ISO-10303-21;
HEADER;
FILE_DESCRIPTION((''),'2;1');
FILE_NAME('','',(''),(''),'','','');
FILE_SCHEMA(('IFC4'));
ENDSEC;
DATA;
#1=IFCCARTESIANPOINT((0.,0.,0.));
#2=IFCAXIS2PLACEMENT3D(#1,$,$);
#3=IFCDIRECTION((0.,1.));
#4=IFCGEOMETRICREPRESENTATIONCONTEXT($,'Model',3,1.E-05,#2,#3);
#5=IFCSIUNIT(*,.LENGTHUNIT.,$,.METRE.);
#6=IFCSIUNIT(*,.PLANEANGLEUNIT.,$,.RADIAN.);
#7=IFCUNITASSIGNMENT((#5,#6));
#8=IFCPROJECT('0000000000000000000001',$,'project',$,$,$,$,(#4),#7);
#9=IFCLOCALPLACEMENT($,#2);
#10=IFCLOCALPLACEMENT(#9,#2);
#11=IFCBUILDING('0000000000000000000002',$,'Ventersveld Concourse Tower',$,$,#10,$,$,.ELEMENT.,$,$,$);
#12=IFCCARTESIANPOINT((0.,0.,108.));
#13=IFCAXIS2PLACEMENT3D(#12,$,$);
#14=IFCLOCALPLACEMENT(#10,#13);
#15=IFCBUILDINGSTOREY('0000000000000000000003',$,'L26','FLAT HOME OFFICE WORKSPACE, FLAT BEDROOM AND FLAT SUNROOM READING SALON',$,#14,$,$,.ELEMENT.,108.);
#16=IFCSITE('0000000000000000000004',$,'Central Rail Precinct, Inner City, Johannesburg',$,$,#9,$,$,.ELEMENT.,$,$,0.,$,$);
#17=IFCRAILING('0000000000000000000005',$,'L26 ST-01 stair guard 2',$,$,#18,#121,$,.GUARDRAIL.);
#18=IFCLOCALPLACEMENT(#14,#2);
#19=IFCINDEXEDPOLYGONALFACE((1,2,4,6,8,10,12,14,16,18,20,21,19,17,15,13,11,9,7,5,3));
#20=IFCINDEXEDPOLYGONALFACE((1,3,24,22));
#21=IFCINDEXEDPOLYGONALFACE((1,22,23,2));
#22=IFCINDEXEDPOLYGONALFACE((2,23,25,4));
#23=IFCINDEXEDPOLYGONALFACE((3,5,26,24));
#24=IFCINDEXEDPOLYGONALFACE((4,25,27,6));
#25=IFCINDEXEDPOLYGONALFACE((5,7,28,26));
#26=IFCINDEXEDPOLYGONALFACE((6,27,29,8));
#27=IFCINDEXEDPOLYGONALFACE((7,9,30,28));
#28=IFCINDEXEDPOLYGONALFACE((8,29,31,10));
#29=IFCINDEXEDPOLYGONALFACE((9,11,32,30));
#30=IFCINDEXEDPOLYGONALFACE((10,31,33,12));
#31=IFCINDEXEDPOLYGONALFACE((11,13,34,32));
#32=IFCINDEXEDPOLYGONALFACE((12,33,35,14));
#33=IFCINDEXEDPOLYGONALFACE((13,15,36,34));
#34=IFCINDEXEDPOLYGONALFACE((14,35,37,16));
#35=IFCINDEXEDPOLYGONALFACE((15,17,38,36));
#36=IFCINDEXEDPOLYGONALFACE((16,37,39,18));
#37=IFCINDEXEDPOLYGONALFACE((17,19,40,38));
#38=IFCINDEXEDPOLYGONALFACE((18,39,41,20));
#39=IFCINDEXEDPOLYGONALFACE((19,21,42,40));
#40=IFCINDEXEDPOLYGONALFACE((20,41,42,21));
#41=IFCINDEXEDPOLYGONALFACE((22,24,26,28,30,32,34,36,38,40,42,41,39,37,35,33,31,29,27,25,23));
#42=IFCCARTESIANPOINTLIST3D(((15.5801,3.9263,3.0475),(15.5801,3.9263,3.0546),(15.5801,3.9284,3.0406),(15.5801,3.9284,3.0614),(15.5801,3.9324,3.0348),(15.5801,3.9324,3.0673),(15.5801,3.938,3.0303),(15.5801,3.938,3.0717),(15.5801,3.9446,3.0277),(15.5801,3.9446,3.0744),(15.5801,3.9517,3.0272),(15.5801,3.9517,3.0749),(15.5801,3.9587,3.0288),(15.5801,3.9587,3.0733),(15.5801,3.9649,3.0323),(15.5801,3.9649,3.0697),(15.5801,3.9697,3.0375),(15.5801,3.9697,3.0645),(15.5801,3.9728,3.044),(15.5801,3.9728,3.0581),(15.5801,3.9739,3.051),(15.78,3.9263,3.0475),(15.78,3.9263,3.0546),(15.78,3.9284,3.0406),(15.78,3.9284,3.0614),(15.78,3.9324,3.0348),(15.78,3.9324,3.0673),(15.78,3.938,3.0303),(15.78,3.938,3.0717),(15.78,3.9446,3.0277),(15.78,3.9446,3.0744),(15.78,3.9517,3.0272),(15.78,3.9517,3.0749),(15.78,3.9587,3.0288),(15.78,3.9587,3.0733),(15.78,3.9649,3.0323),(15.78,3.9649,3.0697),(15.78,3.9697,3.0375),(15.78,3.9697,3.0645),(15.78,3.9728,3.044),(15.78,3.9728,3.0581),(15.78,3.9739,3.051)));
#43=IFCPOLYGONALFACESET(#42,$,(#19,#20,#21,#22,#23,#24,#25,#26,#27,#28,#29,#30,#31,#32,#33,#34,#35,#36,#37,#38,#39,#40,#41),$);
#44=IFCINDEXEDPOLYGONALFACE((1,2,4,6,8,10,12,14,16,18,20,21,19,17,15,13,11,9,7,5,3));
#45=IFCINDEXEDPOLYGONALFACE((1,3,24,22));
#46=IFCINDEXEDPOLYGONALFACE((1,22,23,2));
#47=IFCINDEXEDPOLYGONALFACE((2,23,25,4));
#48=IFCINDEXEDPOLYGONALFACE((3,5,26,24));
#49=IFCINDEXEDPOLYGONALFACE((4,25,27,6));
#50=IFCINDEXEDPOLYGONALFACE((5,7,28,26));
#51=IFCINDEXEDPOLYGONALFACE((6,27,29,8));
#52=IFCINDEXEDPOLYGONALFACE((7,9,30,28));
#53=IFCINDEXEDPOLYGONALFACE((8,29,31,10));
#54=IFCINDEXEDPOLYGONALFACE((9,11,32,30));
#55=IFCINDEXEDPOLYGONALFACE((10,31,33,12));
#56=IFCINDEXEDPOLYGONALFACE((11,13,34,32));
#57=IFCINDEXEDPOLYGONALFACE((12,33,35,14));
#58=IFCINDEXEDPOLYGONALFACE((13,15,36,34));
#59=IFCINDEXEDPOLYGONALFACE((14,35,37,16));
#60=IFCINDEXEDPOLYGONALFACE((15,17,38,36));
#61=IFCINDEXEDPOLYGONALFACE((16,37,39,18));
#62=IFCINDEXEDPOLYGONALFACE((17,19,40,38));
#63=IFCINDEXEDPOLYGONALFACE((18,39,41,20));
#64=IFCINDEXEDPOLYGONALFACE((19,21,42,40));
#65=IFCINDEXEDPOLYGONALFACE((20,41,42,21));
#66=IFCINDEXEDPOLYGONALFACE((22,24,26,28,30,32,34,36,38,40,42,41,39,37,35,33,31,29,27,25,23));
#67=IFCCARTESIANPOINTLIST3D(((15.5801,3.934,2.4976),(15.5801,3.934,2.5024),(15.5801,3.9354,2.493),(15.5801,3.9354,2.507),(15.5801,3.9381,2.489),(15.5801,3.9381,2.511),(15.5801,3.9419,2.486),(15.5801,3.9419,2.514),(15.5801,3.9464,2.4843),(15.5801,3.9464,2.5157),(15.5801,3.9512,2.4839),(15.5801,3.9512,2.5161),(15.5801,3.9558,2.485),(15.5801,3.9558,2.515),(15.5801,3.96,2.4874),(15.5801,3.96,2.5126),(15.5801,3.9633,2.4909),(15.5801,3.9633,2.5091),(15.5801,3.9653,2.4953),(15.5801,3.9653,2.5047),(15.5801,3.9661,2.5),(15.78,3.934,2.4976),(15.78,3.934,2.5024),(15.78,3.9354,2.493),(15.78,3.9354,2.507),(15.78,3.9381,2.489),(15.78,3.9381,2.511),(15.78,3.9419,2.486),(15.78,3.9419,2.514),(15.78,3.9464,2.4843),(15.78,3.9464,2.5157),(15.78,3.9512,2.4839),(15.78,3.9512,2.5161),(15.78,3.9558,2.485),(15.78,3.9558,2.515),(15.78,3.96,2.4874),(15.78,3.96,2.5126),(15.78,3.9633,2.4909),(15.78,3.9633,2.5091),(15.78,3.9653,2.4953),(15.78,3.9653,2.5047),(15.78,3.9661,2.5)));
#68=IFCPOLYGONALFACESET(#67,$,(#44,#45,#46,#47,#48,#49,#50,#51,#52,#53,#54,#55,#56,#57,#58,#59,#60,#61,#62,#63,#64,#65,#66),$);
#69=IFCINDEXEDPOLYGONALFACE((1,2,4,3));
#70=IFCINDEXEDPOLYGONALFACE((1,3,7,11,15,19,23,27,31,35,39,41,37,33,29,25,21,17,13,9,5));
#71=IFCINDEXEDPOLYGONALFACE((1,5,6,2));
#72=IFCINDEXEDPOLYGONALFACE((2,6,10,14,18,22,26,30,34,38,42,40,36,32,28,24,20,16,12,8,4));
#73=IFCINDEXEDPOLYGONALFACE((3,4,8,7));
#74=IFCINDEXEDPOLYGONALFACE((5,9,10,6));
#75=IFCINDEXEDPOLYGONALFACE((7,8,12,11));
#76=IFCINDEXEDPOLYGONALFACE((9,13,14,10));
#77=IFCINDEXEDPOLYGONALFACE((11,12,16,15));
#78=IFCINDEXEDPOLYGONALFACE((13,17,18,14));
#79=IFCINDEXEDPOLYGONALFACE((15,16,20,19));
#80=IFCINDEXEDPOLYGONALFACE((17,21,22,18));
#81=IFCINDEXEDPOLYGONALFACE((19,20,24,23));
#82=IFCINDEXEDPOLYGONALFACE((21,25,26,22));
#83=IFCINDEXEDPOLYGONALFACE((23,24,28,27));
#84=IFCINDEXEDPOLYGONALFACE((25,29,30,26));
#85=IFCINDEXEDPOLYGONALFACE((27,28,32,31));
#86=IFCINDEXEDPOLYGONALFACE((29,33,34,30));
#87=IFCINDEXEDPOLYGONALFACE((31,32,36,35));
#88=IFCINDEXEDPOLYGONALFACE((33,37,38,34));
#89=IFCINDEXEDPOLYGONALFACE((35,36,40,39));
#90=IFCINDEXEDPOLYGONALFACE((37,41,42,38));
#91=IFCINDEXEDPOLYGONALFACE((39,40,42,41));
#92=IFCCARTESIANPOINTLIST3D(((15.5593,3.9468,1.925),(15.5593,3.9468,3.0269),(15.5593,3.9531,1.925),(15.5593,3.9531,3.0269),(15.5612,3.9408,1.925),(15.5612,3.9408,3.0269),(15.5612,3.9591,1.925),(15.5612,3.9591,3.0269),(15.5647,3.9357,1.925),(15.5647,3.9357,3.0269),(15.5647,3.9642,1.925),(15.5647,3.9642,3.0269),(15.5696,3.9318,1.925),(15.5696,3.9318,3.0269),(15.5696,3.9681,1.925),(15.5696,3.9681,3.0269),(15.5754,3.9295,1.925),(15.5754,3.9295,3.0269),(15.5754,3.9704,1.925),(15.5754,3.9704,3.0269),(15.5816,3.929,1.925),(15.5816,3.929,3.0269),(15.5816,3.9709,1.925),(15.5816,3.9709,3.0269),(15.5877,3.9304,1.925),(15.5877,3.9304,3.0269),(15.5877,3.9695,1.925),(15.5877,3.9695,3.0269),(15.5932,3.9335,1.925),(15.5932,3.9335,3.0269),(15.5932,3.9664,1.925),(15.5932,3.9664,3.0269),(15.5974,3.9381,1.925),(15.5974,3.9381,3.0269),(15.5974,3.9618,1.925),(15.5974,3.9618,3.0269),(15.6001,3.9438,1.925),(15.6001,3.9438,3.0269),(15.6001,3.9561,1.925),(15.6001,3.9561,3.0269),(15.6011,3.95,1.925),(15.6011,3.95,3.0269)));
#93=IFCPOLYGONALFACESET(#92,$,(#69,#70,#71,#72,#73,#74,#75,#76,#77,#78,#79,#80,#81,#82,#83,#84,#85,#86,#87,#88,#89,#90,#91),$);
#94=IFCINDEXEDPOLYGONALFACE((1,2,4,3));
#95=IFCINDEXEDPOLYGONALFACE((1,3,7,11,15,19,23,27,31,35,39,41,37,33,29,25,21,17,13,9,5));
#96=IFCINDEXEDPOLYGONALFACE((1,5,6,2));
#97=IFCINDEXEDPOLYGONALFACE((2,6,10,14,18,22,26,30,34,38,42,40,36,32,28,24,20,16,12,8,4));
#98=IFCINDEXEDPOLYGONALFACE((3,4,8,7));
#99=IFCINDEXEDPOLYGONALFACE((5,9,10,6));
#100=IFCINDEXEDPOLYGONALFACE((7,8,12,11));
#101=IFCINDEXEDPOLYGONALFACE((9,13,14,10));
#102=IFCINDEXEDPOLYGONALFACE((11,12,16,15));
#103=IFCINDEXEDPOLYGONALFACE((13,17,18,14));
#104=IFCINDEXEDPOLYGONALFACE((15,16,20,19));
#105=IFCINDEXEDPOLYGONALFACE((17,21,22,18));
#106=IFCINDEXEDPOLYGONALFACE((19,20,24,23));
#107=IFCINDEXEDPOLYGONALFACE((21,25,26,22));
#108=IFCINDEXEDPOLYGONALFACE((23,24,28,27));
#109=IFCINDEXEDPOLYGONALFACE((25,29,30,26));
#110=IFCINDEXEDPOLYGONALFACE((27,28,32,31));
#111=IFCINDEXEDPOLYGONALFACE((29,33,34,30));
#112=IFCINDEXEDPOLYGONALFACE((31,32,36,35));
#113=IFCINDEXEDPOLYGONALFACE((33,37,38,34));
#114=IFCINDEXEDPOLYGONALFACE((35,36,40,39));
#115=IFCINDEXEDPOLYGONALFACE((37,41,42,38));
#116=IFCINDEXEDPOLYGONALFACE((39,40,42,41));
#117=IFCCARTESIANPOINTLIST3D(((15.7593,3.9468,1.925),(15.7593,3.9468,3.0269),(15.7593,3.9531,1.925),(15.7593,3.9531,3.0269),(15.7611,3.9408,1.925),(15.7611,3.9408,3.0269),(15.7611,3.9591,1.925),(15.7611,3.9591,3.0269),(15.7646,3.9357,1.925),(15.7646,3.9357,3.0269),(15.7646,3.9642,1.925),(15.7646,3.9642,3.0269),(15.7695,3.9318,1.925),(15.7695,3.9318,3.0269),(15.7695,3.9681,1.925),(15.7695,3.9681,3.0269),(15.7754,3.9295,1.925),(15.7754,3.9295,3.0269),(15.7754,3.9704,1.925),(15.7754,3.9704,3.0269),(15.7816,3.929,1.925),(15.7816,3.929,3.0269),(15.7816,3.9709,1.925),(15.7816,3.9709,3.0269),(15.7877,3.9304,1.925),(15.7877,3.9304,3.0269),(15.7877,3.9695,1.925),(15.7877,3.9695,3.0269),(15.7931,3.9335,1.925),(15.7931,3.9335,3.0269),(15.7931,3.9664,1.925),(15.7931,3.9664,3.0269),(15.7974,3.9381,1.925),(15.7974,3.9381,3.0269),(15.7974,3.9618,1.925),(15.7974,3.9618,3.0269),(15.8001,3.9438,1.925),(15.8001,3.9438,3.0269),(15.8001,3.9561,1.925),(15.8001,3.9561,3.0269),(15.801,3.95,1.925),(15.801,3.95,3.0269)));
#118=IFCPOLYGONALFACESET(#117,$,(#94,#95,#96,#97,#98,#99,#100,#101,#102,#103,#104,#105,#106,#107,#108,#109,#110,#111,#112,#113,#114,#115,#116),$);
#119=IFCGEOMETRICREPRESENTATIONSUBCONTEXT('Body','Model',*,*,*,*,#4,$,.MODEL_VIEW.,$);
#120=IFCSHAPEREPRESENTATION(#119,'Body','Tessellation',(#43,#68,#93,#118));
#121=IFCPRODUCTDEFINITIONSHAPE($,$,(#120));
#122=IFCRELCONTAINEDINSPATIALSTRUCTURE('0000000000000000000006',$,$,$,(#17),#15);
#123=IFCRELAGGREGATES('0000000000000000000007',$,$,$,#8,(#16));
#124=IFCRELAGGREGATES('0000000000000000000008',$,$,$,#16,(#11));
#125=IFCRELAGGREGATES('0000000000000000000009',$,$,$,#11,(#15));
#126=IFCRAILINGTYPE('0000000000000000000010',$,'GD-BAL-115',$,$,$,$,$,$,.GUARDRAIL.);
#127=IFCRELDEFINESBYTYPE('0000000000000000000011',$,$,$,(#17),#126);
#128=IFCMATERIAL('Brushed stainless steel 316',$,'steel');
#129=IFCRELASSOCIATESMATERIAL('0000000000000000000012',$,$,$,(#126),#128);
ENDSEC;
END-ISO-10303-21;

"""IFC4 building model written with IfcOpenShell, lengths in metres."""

from ifc_helpers import new_model, si_unit, direction, frame, origin, origin_2d, place, context, subcontext, project, spatial, circle, extrude, material, type_object, element, save


model = new_model("IFC4")

# Units and contexts
model_context = context("Model", 3, precision=1e-05, world=origin(), true_north=direction((0.0, 1.0)))
body_context = subcontext(model_context, "Body", "Model", "MODEL_VIEW")
ifc_project = project(units=[si_unit("LENGTHUNIT", "METRE"), si_unit("PLANEANGLEUNIT", "RADIAN")], contexts=[model_context])

# Site, building, storey
site_placement = place(None, origin())
site = spatial("IfcSite", under=ifc_project, at=site_placement, Name="Central Rail Precinct, Inner City, Johannesburg", CompositionType="ELEMENT", RefElevation=0.0)
building_placement = place(site_placement, origin())
building = spatial("IfcBuilding", under=site, at=building_placement, Name="Ventersveld Concourse Tower", CompositionType="ELEMENT")
storey_placement = place(building_placement, frame((0.0, 0.0, 108.0)))
storey = spatial("IfcBuildingStorey", under=building, at=storey_placement, Name="L26", Description="FLAT HOME OFFICE WORKSPACE, FLAT BEDROOM AND FLAT SUNROOM READING SALON", CompositionType="ELEMENT", Elevation=108.0)

# Railing
ifc_material_1 = material(Name="Brushed stainless steel 316", Category="steel")
railing_type_1 = type_object("IfcRailingType", Name="GD-BAL-115", PredefinedType="GUARDRAIL", material=ifc_material_1)
railing_1_placement = place(storey_placement, frame((15.5801, 3.95, 1.925)))
element("IfcRailing", 1, at=railing_1_placement, inside=storey, type_object=railing_type_1, Name="L26 ST-01 stair guard 2", PredefinedType="GUARDRAIL", context=body_context, shape_type="SweptSolid", body=[
    extrude(circle(Radius=0.0239, at=origin_2d()), frame((0.0, 0.0, 1.126), z_axis=(1.0, 0.0, 0.0), x_axis=(0.0, 1.0, 0.0)), (0.0, 0.0, 1.0), 0.2),
    extrude(circle(Radius=0.0161, at=origin_2d()), frame((0.0, 0.0, 0.575), z_axis=(1.0, 0.0, 0.0), x_axis=(0.0, 1.0, 0.0)), (0.0, 0.0, 1.0), 0.2),
    extrude(circle(Radius=0.021, at=origin_2d()), origin(), (0.0, 0.0, 1.0), 1.1018),
    extrude(circle(Radius=0.021, at=origin_2d()), frame((0.2, 0.0, 0.0)), (0.0, 0.0, 1.0), 1.1018),
])

save(model, "model.ifc")
